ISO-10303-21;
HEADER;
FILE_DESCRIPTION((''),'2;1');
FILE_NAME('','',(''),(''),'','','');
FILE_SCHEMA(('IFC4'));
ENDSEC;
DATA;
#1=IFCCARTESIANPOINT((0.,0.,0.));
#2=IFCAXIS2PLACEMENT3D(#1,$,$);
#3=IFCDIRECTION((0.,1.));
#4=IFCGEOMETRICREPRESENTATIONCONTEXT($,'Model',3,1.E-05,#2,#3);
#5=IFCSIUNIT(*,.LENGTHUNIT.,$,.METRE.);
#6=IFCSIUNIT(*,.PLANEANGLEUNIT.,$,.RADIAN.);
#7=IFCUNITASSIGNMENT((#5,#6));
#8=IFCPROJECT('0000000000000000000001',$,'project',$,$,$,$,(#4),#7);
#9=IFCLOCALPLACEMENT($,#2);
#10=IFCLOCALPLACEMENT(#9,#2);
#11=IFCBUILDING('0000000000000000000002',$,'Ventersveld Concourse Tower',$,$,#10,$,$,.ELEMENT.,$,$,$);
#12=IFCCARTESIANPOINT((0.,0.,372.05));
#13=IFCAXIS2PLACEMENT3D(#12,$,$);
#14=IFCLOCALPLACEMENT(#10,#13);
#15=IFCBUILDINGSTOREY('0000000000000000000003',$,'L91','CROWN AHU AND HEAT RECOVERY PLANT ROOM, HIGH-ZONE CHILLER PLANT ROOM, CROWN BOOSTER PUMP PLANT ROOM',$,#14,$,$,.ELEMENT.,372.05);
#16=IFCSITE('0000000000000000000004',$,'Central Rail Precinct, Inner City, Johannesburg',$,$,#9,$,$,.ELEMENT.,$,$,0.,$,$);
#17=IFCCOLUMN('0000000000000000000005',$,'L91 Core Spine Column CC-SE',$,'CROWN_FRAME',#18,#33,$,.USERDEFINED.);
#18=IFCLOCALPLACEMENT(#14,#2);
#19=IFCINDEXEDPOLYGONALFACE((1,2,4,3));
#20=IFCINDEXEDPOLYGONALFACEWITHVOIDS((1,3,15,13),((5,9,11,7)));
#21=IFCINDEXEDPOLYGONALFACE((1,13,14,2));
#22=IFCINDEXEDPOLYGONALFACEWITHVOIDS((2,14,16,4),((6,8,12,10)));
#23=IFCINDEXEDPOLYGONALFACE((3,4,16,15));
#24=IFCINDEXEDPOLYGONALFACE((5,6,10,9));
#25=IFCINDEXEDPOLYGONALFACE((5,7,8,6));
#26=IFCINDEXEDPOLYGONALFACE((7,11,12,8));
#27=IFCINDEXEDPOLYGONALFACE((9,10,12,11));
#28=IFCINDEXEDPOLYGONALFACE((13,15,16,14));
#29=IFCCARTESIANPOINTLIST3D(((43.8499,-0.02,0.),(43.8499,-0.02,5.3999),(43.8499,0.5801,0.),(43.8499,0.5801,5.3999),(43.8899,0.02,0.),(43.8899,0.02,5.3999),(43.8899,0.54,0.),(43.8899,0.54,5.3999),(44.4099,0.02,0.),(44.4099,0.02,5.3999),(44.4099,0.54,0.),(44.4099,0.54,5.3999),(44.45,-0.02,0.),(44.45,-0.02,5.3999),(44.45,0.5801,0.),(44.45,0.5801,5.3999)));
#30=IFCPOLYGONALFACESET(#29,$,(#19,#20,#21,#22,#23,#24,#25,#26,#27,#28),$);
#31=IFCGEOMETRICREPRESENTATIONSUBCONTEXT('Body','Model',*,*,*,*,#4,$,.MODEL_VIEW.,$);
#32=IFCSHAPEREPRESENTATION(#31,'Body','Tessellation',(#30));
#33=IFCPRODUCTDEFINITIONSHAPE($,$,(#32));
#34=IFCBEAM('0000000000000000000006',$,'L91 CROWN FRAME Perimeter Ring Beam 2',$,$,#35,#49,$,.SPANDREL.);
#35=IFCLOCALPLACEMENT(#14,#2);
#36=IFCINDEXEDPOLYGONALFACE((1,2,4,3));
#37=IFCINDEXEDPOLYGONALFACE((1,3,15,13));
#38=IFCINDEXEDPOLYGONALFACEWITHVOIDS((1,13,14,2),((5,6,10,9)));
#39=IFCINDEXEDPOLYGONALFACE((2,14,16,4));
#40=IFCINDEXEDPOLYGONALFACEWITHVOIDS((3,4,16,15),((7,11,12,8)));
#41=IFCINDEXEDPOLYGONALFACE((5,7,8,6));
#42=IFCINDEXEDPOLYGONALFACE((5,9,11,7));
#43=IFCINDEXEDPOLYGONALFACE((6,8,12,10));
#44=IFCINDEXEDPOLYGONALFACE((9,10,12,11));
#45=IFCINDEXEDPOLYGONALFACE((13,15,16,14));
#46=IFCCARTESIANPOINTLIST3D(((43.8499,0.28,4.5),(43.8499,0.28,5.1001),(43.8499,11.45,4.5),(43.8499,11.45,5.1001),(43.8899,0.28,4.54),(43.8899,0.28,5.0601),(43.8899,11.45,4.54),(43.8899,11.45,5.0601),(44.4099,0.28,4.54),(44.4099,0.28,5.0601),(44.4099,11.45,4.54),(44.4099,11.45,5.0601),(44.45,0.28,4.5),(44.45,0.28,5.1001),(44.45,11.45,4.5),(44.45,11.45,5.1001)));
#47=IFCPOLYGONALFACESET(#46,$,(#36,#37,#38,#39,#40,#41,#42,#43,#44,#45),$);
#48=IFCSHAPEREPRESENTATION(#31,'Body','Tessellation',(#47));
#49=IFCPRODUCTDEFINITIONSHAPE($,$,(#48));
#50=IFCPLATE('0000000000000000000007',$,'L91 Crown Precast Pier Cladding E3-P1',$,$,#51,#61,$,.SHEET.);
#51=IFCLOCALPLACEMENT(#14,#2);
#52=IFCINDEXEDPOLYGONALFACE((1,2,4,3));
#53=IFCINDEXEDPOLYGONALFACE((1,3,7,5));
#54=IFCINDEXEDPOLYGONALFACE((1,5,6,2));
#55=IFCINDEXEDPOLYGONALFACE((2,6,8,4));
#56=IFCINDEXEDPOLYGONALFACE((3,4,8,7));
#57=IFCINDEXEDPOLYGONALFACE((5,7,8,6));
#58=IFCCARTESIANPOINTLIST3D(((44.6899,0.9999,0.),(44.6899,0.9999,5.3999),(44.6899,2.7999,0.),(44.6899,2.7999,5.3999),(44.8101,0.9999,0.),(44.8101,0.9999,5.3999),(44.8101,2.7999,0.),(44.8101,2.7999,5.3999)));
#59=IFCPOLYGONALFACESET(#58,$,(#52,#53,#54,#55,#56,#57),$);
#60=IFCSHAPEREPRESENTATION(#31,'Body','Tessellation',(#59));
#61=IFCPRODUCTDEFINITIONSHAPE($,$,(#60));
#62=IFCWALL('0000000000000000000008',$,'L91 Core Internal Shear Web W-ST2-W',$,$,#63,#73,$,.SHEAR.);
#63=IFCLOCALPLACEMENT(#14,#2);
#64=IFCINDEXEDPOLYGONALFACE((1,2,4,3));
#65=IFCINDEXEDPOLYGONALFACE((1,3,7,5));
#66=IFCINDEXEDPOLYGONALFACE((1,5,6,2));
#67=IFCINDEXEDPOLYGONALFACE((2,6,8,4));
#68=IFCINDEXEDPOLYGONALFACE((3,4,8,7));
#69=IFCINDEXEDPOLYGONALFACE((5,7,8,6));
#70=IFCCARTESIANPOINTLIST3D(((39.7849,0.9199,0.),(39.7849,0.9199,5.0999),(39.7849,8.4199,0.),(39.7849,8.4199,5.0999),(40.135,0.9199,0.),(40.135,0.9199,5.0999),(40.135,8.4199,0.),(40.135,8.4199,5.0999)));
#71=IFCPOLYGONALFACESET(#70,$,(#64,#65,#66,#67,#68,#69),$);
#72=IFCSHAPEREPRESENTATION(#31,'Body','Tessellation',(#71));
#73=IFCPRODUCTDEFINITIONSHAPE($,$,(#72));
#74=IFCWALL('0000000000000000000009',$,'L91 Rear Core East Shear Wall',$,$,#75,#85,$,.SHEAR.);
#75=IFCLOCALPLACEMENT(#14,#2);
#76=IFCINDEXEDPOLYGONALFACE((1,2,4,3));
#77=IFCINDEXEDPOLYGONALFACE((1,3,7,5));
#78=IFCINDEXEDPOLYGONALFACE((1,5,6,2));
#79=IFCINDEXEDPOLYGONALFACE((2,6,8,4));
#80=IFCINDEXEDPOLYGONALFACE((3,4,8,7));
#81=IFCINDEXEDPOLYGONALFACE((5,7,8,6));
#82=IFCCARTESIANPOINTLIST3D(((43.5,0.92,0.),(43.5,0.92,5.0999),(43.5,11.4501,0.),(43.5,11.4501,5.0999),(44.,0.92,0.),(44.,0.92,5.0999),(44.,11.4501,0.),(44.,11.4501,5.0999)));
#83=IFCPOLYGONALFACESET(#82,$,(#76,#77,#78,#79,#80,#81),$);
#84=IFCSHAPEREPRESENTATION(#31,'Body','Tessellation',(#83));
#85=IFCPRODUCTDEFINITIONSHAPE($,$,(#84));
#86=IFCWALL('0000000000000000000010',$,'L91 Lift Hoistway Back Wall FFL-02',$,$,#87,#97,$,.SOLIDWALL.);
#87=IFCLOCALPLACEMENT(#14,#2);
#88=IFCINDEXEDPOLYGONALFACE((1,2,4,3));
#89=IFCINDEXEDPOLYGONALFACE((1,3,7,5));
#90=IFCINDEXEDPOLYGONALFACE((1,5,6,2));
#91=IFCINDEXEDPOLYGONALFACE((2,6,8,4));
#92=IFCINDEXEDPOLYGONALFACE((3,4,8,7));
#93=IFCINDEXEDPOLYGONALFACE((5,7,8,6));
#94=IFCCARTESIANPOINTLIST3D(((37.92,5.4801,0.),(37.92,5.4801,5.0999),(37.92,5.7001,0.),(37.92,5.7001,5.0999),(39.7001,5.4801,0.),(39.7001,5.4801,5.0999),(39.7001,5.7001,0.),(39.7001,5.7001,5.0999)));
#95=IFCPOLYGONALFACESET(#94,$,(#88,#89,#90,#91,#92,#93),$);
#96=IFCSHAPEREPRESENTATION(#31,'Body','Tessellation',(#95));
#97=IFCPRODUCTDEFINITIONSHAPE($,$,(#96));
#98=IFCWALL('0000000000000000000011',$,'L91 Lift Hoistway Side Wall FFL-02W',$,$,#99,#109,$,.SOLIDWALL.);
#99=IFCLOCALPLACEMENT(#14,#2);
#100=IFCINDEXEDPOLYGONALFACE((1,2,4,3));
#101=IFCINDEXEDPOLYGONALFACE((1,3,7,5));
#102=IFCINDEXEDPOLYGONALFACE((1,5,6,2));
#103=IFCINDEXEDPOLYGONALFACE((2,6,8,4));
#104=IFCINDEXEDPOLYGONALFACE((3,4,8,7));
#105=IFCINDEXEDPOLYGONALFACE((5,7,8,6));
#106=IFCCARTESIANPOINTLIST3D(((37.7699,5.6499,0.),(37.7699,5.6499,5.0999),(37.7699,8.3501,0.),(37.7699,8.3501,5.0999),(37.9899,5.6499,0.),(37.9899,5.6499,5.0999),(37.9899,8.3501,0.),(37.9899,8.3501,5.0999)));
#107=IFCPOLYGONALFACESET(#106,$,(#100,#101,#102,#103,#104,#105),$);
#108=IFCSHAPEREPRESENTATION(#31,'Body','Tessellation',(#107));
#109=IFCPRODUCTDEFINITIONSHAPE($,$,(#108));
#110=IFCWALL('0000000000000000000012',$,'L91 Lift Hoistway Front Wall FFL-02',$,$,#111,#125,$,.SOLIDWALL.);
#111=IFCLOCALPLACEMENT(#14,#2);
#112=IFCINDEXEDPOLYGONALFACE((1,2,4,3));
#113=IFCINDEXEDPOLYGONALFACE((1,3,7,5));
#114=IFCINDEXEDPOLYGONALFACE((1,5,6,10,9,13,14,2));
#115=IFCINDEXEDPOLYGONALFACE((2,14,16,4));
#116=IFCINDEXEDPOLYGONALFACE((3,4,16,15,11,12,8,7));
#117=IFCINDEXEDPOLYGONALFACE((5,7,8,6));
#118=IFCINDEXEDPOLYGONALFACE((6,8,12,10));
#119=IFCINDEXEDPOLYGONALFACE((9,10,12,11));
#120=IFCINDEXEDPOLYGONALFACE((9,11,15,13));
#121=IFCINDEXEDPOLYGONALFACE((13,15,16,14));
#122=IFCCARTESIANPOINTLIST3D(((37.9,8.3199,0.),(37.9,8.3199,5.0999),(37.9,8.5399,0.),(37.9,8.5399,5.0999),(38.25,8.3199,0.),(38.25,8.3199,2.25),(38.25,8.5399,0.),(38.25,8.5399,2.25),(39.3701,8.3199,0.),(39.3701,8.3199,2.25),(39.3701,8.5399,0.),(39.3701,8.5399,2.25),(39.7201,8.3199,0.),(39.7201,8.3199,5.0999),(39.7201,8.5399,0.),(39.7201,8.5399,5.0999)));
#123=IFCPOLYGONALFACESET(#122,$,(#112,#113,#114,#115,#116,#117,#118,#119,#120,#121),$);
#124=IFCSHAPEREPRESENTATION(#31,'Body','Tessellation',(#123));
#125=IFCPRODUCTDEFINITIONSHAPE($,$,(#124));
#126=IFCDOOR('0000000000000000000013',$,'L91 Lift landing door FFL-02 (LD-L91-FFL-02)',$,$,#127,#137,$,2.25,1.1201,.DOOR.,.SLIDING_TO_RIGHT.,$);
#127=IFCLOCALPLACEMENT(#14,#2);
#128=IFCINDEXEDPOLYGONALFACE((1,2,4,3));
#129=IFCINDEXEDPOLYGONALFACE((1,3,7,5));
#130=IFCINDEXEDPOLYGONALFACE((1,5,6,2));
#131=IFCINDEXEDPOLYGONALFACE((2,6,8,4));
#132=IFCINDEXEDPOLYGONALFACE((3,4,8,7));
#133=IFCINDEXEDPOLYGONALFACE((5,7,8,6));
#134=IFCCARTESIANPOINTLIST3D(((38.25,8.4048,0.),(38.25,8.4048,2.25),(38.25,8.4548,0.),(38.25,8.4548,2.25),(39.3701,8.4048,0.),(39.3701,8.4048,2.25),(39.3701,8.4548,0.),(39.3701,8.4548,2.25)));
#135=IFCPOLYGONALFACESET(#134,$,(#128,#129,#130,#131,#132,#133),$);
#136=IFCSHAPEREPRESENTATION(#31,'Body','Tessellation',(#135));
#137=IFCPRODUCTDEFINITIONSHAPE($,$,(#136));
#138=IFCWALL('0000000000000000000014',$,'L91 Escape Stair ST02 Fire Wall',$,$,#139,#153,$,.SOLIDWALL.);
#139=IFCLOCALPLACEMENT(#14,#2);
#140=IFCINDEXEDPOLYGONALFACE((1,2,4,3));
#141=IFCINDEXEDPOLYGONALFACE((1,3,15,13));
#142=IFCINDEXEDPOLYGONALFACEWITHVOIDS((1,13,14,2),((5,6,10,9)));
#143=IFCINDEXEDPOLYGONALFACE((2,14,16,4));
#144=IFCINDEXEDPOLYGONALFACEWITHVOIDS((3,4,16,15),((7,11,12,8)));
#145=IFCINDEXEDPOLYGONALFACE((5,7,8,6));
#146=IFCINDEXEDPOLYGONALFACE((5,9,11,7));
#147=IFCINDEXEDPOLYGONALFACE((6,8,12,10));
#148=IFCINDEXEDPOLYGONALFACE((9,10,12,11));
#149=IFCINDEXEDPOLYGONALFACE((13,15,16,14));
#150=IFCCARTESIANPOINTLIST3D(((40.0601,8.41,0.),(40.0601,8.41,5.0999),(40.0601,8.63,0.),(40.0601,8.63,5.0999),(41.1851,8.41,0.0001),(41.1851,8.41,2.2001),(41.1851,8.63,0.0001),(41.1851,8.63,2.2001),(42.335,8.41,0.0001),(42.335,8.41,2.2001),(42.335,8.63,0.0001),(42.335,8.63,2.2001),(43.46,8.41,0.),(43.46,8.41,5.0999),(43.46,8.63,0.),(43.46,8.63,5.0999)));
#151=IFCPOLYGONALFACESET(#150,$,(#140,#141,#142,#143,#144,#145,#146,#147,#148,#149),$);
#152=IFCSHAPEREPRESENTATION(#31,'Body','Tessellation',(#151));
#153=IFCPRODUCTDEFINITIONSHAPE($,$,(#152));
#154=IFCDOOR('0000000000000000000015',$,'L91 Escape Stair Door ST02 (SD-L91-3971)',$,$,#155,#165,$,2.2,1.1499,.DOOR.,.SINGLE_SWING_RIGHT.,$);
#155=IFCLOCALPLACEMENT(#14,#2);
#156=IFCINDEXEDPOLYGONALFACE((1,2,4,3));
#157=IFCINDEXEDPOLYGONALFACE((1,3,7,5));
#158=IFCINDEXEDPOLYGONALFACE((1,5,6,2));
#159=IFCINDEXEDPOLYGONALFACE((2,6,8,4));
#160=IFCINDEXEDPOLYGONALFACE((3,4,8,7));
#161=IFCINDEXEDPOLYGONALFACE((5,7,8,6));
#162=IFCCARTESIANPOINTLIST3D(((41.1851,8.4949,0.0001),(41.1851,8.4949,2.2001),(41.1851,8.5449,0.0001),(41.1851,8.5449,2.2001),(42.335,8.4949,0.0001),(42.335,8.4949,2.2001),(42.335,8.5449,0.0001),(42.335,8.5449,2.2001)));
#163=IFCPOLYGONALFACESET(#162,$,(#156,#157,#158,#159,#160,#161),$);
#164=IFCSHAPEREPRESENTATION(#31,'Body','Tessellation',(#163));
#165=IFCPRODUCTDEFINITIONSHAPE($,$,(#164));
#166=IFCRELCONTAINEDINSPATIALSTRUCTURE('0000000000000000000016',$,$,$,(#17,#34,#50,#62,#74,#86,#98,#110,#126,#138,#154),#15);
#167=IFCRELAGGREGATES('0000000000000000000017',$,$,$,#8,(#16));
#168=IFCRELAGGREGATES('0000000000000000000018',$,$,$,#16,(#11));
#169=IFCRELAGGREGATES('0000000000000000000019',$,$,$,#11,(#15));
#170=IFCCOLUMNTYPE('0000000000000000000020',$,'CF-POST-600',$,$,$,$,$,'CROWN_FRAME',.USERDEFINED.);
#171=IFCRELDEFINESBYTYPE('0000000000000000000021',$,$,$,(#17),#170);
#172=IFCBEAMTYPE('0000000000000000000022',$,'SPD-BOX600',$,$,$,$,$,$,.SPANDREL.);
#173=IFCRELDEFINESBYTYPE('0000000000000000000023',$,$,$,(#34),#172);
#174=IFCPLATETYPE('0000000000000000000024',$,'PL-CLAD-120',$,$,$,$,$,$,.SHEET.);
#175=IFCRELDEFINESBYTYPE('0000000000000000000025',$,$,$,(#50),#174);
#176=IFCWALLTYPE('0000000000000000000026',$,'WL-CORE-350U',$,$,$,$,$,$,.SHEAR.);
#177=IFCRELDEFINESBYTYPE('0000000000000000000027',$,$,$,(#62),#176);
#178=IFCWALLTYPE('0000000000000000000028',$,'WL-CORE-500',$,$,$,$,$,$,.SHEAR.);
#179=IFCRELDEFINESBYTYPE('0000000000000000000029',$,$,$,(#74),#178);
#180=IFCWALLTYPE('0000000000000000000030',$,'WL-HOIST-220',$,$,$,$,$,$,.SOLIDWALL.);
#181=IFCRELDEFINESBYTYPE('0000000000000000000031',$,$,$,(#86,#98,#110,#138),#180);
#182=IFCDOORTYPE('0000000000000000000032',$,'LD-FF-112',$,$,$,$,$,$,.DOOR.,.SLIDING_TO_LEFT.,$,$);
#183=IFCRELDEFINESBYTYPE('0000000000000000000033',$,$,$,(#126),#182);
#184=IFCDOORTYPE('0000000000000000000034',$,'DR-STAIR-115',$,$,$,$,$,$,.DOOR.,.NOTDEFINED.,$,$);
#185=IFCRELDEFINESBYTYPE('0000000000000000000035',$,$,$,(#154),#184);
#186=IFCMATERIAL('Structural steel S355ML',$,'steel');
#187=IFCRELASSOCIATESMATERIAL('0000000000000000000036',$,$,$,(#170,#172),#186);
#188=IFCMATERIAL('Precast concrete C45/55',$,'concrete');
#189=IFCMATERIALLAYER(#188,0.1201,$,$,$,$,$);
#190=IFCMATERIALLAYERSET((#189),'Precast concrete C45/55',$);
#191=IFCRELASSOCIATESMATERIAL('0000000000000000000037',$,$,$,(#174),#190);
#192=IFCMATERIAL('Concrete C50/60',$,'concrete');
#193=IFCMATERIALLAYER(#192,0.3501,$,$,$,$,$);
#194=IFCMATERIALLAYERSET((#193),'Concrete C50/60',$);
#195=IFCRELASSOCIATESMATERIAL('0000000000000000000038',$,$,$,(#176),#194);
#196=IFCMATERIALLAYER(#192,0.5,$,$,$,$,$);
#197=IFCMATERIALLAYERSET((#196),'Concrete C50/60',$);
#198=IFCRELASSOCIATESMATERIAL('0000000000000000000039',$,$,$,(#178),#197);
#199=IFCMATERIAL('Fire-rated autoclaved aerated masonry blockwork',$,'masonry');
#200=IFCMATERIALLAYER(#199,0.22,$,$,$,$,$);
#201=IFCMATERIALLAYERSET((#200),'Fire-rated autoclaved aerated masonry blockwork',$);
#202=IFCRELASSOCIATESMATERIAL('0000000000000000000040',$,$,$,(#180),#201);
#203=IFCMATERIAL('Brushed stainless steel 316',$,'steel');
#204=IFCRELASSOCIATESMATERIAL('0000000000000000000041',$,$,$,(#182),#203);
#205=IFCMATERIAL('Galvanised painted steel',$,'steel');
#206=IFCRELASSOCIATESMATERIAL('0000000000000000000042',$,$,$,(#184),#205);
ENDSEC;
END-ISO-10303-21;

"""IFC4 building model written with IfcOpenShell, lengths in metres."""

from ifc_helpers import new_model, si_unit, direction, frame, frame_2d, origin, origin_2d, place, context, subcontext, project, spatial, rectangle, hollow_rectangle, extrude, material, layer, layer_set, material_profile, profile_set, type_object, element, fill, save


model = new_model("IFC4")

# Units and contexts
model_context = context("Model", 3, precision=1e-05, world=origin(), true_north=direction((0.0, 1.0)))
body_context = subcontext(model_context, "Body", "Model", "MODEL_VIEW")
ifc_project = project(units=[si_unit("LENGTHUNIT", "METRE"), si_unit("PLANEANGLEUNIT", "RADIAN")], contexts=[model_context])

# Site, building, storey
site_placement = place(None, origin())
site = spatial("IfcSite", under=ifc_project, at=site_placement, Name="Central Rail Precinct, Inner City, Johannesburg", CompositionType="ELEMENT", RefElevation=0.0)
building_placement = place(site_placement, origin())
building = spatial("IfcBuilding", under=site, at=building_placement, Name="Ventersveld Concourse Tower", CompositionType="ELEMENT")
storey_placement = place(building_placement, frame((0.0, 0.0, 372.05)))
storey = spatial("IfcBuildingStorey", under=building, at=storey_placement, Name="L91", Description="CROWN AHU AND HEAT RECOVERY PLANT ROOM, HIGH-ZONE CHILLER PLANT ROOM, CROWN BOOSTER PUMP PLANT ROOM", CompositionType="ELEMENT", Elevation=372.05)

# Column
ifc_material_1 = material(Name="Structural steel S355ML", Category="steel")
ifc_material_profile_1 = material_profile(ifc_material_1, hollow_rectangle(XDim=0.6001, YDim=0.6001, WallThickness=0.04, at=origin_2d()), Name="BOX 600x600x40")
ifc_profile_set_1 = profile_set([ifc_material_profile_1], Name="Structural steel S355ML")
column_type = type_object("IfcColumnType", Name="CF-POST-600", ElementType="CROWN_FRAME", PredefinedType="USERDEFINED", material=ifc_profile_set_1)
column_placement = place(storey_placement, frame((44.1499, 0.28, 0.0), z_axis=(0.0, 0.0, 1.0), x_axis=(1.0, 0.0, 0.0)))
element("IfcColumn", 1, at=column_placement, inside=storey, type_object=column_type, Name="L91 Core Spine Column CC-SE", ObjectType="CROWN_FRAME", PredefinedType="USERDEFINED", context=body_context, shape_type="SweptSolid", body=[
    extrude(hollow_rectangle(XDim=0.6001, YDim=0.6001, WallThickness=0.04, at=origin_2d()), origin(), (0.0, 0.0, 1.0), 5.3999),
])

# Beam
ifc_material_profile_2 = material_profile(ifc_material_1, hollow_rectangle(XDim=0.6001, YDim=0.6001, WallThickness=0.04, at=origin_2d()), Name="BOX 600x600x40")
ifc_profile_set_2 = profile_set([ifc_material_profile_2], Name="Structural steel S355ML")
beam_type = type_object("IfcBeamType", Name="SPD-BOX600", PredefinedType="SPANDREL", material=ifc_profile_set_2)
beam_placement = place(storey_placement, frame((44.1499, 0.28, 4.8), z_axis=(0.0, 1.0, 0.0), x_axis=(-1.0, 0.0, 0.0)))
element("IfcBeam", 2, at=beam_placement, inside=storey, type_object=beam_type, Name="L91 CROWN FRAME Perimeter Ring Beam 2", PredefinedType="SPANDREL", context=body_context, shape_type="SweptSolid", body=[
    extrude(hollow_rectangle(XDim=0.6001, YDim=0.6001, WallThickness=0.04, at=origin_2d()), origin(), (0.0, 0.0, 1.0), 11.1699),
])

# Plate
ifc_material_2 = material(Name="Precast concrete C45/55", Category="concrete")
ifc_layer_1 = layer(ifc_material_2, 0.1201)
ifc_layer_set_1 = layer_set([ifc_layer_1], Name="Precast concrete C45/55")
plate_type = type_object("IfcPlateType", Name="PL-CLAD-120", PredefinedType="SHEET", material=ifc_layer_set_1)
plate_placement = place(storey_placement, frame((44.75, 1.8999, 0.0), z_axis=(0.0, 0.0, 1.0), x_axis=(0.0, 1.0, 0.0)))
element("IfcPlate", 3, at=plate_placement, inside=storey, type_object=plate_type, Name="L91 Crown Precast Pier Cladding E3-P1", PredefinedType="SHEET", context=body_context, shape_type="SweptSolid", body=[
    extrude(rectangle(XDim=1.8, YDim=0.1201, at=origin_2d()), origin(), (0.0, 0.0, 1.0), 5.3999),
])

# Walls
ifc_material_3 = material(Name="Concrete C50/60", Category="concrete")
ifc_layer_2 = layer(ifc_material_3, 0.3501)
ifc_layer_set_2 = layer_set([ifc_layer_2], Name="Concrete C50/60")
wall_type_1 = type_object("IfcWallType", Name="WL-CORE-350U", PredefinedType="SHEAR", material=ifc_layer_set_2)
wall_1_placement = place(storey_placement, frame((39.96, 0.9199, 0.0), z_axis=(0.0, 0.0, 1.0), x_axis=(0.0, 1.0, 0.0)))
element("IfcWall", 4, at=wall_1_placement, inside=storey, type_object=wall_type_1, Name="L91 Core Internal Shear Web W-ST2-W", PredefinedType="SHEAR", context=body_context, shape_type="SweptSolid", body=[
    extrude(rectangle(XDim=7.5, YDim=0.3501, at=frame_2d((3.75, 0.0))), origin(), (0.0, 0.0, 1.0), 5.0999),
])
ifc_layer_3 = layer(ifc_material_3, 0.5)
ifc_layer_set_3 = layer_set([ifc_layer_3], Name="Concrete C50/60")
wall_type_2 = type_object("IfcWallType", Name="WL-CORE-500", PredefinedType="SHEAR", material=ifc_layer_set_3)
wall_2_placement = place(storey_placement, frame((43.75, 0.9199, 0.0), z_axis=(0.0, 0.0, 1.0), x_axis=(0.0, 1.0, 0.0)))
element("IfcWall", 5, at=wall_2_placement, inside=storey, type_object=wall_type_2, Name="L91 Rear Core East Shear Wall", PredefinedType="SHEAR", context=body_context, shape_type="SweptSolid", body=[
    extrude(rectangle(XDim=10.53, YDim=0.5, at=frame_2d((5.2651, 0.0))), origin(), (0.0, 0.0, 1.0), 5.0999),
])
ifc_material_4 = material(Name="Fire-rated autoclaved aerated masonry blockwork", Category="masonry")
ifc_layer_4 = layer(ifc_material_4, 0.22)
ifc_layer_set_4 = layer_set([ifc_layer_4], Name="Fire-rated autoclaved aerated masonry blockwork")
wall_type_3 = type_object("IfcWallType", Name="WL-HOIST-220", PredefinedType="SOLIDWALL", material=ifc_layer_set_4)
wall_3_placement = place(storey_placement, frame((37.9199, 5.5901, 0.0), z_axis=(0.0, 0.0, 1.0), x_axis=(1.0, 0.0, 0.0)))
element("IfcWall", 6, at=wall_3_placement, inside=storey, type_object=wall_type_3, Name="L91 Lift Hoistway Back Wall FFL-02", PredefinedType="SOLIDWALL", context=body_context, shape_type="SweptSolid", body=[
    extrude(rectangle(XDim=1.78, YDim=0.22, at=frame_2d((0.8901, 0.0))), origin(), (0.0, 0.0, 1.0), 5.0999),
])
wall_4_placement = place(storey_placement, frame((37.8799, 5.6499, 0.0), z_axis=(0.0, 0.0, 1.0), x_axis=(0.0, 1.0, 0.0)))
element("IfcWall", 7, at=wall_4_placement, inside=storey, type_object=wall_type_3, Name="L91 Lift Hoistway Side Wall FFL-02W", PredefinedType="SOLIDWALL", context=body_context, shape_type="SweptSolid", body=[
    extrude(rectangle(XDim=2.7002, YDim=0.22, at=frame_2d((1.3501, 0.0))), origin(), (0.0, 0.0, 1.0), 5.0999),
])

# Walls, openings, doors
wall_5_placement = place(storey_placement, frame((37.8999, 8.4299, 0.0), z_axis=(0.0, 0.0, 1.0), x_axis=(1.0, 0.0, 0.0)))
wall_5 = element("IfcWall", 8, at=wall_5_placement, inside=storey, type_object=wall_type_3, Name="L91 Lift Hoistway Front Wall FFL-02", PredefinedType="SOLIDWALL", context=body_context, shape_type="SweptSolid", body=[
    extrude(rectangle(XDim=1.8201, YDim=0.22, at=frame_2d((0.9102, 0.0))), origin(), (0.0, 0.0, 1.0), 5.0999),
])
opening_1_placement = place(wall_5_placement, frame((0.3501, 0.0, 0.0)))
opening_1 = element("IfcOpeningElement", 9, at=opening_1_placement, cuts=wall_5, PredefinedType="OPENING", context=body_context, shape_type="SweptSolid", body=[
    extrude(rectangle(XDim=1.1201, YDim=2.25, at=frame_2d((0.5601, 1.125))), frame((0.0, 0.1201, 0.0), z_axis=(0.0, -1.0, 0.0), x_axis=(1.0, 0.0, 0.0)), (0.0, 0.0, 1.0), 0.24),
])
ifc_material_5 = material(Name="Brushed stainless steel 316", Category="steel")
door_type_1 = type_object("IfcDoorType", Name="LD-FF-112", OperationType="SLIDING_TO_LEFT", PredefinedType="DOOR", material=ifc_material_5)
door_1_placement = place(opening_1_placement, origin())
door_1 = element("IfcDoor", 10, at=door_1_placement, inside=storey, type_object=door_type_1, Name="L91 Lift landing door FFL-02 (LD-L91-FFL-02)", OperationType="SLIDING_TO_RIGHT", OverallHeight=2.25, OverallWidth=1.1201, PredefinedType="DOOR", context=body_context, shape_type="SweptSolid", body=[
    extrude(rectangle(XDim=1.1201, YDim=2.25, at=frame_2d((0.5601, 1.125))), frame((0.0, 0.0249, 0.0), z_axis=(0.0, -1.0, 0.0), x_axis=(1.0, 0.0, 0.0)), (0.0, 0.0, 1.0), 0.05),
])
fill(opening_1, door_1)
wall_6_placement = place(storey_placement, frame((40.0601, 8.52, 0.0), z_axis=(0.0, 0.0, 1.0), x_axis=(1.0, 0.0, 0.0)))
wall_6 = element("IfcWall", 11, at=wall_6_placement, inside=storey, type_object=wall_type_3, Name="L91 Escape Stair ST02 Fire Wall", PredefinedType="SOLIDWALL", context=body_context, shape_type="SweptSolid", body=[
    extrude(rectangle(XDim=3.3999, YDim=0.22, at=frame_2d((1.7, 0.0))), origin(), (0.0, 0.0, 1.0), 5.0999),
])
opening_2_placement = place(wall_6_placement, frame((1.125, 0.0, 0.0)))
opening_2 = element("IfcOpeningElement", 12, at=opening_2_placement, cuts=wall_6, PredefinedType="OPENING", context=body_context, shape_type="SweptSolid", body=[
    extrude(rectangle(XDim=1.1499, YDim=2.2, at=frame_2d((0.575, 1.1001))), frame((0.0, 0.1201, 0.0), z_axis=(0.0, -1.0, 0.0), x_axis=(1.0, 0.0, 0.0)), (0.0, 0.0, 1.0), 0.24),
])
ifc_material_6 = material(Name="Galvanised painted steel", Category="steel")
door_type_2 = type_object("IfcDoorType", Name="DR-STAIR-115", OperationType="NOTDEFINED", PredefinedType="DOOR", material=ifc_material_6)
door_2_placement = place(opening_2_placement, origin())
door_2 = element("IfcDoor", 13, at=door_2_placement, inside=storey, type_object=door_type_2, Name="L91 Escape Stair Door ST02 (SD-L91-3971)", OperationType="SINGLE_SWING_RIGHT", OverallHeight=2.2, OverallWidth=1.1499, PredefinedType="DOOR", context=body_context, shape_type="SweptSolid", body=[
    extrude(rectangle(XDim=1.1499, YDim=2.2, at=frame_2d((0.575, 1.1001))), frame((0.0, 0.0249, 0.0), z_axis=(0.0, -1.0, 0.0), x_axis=(1.0, 0.0, 0.0)), (0.0, 0.0, 1.0), 0.05),
])
fill(opening_2, door_2)

save(model, "model.ifc")
